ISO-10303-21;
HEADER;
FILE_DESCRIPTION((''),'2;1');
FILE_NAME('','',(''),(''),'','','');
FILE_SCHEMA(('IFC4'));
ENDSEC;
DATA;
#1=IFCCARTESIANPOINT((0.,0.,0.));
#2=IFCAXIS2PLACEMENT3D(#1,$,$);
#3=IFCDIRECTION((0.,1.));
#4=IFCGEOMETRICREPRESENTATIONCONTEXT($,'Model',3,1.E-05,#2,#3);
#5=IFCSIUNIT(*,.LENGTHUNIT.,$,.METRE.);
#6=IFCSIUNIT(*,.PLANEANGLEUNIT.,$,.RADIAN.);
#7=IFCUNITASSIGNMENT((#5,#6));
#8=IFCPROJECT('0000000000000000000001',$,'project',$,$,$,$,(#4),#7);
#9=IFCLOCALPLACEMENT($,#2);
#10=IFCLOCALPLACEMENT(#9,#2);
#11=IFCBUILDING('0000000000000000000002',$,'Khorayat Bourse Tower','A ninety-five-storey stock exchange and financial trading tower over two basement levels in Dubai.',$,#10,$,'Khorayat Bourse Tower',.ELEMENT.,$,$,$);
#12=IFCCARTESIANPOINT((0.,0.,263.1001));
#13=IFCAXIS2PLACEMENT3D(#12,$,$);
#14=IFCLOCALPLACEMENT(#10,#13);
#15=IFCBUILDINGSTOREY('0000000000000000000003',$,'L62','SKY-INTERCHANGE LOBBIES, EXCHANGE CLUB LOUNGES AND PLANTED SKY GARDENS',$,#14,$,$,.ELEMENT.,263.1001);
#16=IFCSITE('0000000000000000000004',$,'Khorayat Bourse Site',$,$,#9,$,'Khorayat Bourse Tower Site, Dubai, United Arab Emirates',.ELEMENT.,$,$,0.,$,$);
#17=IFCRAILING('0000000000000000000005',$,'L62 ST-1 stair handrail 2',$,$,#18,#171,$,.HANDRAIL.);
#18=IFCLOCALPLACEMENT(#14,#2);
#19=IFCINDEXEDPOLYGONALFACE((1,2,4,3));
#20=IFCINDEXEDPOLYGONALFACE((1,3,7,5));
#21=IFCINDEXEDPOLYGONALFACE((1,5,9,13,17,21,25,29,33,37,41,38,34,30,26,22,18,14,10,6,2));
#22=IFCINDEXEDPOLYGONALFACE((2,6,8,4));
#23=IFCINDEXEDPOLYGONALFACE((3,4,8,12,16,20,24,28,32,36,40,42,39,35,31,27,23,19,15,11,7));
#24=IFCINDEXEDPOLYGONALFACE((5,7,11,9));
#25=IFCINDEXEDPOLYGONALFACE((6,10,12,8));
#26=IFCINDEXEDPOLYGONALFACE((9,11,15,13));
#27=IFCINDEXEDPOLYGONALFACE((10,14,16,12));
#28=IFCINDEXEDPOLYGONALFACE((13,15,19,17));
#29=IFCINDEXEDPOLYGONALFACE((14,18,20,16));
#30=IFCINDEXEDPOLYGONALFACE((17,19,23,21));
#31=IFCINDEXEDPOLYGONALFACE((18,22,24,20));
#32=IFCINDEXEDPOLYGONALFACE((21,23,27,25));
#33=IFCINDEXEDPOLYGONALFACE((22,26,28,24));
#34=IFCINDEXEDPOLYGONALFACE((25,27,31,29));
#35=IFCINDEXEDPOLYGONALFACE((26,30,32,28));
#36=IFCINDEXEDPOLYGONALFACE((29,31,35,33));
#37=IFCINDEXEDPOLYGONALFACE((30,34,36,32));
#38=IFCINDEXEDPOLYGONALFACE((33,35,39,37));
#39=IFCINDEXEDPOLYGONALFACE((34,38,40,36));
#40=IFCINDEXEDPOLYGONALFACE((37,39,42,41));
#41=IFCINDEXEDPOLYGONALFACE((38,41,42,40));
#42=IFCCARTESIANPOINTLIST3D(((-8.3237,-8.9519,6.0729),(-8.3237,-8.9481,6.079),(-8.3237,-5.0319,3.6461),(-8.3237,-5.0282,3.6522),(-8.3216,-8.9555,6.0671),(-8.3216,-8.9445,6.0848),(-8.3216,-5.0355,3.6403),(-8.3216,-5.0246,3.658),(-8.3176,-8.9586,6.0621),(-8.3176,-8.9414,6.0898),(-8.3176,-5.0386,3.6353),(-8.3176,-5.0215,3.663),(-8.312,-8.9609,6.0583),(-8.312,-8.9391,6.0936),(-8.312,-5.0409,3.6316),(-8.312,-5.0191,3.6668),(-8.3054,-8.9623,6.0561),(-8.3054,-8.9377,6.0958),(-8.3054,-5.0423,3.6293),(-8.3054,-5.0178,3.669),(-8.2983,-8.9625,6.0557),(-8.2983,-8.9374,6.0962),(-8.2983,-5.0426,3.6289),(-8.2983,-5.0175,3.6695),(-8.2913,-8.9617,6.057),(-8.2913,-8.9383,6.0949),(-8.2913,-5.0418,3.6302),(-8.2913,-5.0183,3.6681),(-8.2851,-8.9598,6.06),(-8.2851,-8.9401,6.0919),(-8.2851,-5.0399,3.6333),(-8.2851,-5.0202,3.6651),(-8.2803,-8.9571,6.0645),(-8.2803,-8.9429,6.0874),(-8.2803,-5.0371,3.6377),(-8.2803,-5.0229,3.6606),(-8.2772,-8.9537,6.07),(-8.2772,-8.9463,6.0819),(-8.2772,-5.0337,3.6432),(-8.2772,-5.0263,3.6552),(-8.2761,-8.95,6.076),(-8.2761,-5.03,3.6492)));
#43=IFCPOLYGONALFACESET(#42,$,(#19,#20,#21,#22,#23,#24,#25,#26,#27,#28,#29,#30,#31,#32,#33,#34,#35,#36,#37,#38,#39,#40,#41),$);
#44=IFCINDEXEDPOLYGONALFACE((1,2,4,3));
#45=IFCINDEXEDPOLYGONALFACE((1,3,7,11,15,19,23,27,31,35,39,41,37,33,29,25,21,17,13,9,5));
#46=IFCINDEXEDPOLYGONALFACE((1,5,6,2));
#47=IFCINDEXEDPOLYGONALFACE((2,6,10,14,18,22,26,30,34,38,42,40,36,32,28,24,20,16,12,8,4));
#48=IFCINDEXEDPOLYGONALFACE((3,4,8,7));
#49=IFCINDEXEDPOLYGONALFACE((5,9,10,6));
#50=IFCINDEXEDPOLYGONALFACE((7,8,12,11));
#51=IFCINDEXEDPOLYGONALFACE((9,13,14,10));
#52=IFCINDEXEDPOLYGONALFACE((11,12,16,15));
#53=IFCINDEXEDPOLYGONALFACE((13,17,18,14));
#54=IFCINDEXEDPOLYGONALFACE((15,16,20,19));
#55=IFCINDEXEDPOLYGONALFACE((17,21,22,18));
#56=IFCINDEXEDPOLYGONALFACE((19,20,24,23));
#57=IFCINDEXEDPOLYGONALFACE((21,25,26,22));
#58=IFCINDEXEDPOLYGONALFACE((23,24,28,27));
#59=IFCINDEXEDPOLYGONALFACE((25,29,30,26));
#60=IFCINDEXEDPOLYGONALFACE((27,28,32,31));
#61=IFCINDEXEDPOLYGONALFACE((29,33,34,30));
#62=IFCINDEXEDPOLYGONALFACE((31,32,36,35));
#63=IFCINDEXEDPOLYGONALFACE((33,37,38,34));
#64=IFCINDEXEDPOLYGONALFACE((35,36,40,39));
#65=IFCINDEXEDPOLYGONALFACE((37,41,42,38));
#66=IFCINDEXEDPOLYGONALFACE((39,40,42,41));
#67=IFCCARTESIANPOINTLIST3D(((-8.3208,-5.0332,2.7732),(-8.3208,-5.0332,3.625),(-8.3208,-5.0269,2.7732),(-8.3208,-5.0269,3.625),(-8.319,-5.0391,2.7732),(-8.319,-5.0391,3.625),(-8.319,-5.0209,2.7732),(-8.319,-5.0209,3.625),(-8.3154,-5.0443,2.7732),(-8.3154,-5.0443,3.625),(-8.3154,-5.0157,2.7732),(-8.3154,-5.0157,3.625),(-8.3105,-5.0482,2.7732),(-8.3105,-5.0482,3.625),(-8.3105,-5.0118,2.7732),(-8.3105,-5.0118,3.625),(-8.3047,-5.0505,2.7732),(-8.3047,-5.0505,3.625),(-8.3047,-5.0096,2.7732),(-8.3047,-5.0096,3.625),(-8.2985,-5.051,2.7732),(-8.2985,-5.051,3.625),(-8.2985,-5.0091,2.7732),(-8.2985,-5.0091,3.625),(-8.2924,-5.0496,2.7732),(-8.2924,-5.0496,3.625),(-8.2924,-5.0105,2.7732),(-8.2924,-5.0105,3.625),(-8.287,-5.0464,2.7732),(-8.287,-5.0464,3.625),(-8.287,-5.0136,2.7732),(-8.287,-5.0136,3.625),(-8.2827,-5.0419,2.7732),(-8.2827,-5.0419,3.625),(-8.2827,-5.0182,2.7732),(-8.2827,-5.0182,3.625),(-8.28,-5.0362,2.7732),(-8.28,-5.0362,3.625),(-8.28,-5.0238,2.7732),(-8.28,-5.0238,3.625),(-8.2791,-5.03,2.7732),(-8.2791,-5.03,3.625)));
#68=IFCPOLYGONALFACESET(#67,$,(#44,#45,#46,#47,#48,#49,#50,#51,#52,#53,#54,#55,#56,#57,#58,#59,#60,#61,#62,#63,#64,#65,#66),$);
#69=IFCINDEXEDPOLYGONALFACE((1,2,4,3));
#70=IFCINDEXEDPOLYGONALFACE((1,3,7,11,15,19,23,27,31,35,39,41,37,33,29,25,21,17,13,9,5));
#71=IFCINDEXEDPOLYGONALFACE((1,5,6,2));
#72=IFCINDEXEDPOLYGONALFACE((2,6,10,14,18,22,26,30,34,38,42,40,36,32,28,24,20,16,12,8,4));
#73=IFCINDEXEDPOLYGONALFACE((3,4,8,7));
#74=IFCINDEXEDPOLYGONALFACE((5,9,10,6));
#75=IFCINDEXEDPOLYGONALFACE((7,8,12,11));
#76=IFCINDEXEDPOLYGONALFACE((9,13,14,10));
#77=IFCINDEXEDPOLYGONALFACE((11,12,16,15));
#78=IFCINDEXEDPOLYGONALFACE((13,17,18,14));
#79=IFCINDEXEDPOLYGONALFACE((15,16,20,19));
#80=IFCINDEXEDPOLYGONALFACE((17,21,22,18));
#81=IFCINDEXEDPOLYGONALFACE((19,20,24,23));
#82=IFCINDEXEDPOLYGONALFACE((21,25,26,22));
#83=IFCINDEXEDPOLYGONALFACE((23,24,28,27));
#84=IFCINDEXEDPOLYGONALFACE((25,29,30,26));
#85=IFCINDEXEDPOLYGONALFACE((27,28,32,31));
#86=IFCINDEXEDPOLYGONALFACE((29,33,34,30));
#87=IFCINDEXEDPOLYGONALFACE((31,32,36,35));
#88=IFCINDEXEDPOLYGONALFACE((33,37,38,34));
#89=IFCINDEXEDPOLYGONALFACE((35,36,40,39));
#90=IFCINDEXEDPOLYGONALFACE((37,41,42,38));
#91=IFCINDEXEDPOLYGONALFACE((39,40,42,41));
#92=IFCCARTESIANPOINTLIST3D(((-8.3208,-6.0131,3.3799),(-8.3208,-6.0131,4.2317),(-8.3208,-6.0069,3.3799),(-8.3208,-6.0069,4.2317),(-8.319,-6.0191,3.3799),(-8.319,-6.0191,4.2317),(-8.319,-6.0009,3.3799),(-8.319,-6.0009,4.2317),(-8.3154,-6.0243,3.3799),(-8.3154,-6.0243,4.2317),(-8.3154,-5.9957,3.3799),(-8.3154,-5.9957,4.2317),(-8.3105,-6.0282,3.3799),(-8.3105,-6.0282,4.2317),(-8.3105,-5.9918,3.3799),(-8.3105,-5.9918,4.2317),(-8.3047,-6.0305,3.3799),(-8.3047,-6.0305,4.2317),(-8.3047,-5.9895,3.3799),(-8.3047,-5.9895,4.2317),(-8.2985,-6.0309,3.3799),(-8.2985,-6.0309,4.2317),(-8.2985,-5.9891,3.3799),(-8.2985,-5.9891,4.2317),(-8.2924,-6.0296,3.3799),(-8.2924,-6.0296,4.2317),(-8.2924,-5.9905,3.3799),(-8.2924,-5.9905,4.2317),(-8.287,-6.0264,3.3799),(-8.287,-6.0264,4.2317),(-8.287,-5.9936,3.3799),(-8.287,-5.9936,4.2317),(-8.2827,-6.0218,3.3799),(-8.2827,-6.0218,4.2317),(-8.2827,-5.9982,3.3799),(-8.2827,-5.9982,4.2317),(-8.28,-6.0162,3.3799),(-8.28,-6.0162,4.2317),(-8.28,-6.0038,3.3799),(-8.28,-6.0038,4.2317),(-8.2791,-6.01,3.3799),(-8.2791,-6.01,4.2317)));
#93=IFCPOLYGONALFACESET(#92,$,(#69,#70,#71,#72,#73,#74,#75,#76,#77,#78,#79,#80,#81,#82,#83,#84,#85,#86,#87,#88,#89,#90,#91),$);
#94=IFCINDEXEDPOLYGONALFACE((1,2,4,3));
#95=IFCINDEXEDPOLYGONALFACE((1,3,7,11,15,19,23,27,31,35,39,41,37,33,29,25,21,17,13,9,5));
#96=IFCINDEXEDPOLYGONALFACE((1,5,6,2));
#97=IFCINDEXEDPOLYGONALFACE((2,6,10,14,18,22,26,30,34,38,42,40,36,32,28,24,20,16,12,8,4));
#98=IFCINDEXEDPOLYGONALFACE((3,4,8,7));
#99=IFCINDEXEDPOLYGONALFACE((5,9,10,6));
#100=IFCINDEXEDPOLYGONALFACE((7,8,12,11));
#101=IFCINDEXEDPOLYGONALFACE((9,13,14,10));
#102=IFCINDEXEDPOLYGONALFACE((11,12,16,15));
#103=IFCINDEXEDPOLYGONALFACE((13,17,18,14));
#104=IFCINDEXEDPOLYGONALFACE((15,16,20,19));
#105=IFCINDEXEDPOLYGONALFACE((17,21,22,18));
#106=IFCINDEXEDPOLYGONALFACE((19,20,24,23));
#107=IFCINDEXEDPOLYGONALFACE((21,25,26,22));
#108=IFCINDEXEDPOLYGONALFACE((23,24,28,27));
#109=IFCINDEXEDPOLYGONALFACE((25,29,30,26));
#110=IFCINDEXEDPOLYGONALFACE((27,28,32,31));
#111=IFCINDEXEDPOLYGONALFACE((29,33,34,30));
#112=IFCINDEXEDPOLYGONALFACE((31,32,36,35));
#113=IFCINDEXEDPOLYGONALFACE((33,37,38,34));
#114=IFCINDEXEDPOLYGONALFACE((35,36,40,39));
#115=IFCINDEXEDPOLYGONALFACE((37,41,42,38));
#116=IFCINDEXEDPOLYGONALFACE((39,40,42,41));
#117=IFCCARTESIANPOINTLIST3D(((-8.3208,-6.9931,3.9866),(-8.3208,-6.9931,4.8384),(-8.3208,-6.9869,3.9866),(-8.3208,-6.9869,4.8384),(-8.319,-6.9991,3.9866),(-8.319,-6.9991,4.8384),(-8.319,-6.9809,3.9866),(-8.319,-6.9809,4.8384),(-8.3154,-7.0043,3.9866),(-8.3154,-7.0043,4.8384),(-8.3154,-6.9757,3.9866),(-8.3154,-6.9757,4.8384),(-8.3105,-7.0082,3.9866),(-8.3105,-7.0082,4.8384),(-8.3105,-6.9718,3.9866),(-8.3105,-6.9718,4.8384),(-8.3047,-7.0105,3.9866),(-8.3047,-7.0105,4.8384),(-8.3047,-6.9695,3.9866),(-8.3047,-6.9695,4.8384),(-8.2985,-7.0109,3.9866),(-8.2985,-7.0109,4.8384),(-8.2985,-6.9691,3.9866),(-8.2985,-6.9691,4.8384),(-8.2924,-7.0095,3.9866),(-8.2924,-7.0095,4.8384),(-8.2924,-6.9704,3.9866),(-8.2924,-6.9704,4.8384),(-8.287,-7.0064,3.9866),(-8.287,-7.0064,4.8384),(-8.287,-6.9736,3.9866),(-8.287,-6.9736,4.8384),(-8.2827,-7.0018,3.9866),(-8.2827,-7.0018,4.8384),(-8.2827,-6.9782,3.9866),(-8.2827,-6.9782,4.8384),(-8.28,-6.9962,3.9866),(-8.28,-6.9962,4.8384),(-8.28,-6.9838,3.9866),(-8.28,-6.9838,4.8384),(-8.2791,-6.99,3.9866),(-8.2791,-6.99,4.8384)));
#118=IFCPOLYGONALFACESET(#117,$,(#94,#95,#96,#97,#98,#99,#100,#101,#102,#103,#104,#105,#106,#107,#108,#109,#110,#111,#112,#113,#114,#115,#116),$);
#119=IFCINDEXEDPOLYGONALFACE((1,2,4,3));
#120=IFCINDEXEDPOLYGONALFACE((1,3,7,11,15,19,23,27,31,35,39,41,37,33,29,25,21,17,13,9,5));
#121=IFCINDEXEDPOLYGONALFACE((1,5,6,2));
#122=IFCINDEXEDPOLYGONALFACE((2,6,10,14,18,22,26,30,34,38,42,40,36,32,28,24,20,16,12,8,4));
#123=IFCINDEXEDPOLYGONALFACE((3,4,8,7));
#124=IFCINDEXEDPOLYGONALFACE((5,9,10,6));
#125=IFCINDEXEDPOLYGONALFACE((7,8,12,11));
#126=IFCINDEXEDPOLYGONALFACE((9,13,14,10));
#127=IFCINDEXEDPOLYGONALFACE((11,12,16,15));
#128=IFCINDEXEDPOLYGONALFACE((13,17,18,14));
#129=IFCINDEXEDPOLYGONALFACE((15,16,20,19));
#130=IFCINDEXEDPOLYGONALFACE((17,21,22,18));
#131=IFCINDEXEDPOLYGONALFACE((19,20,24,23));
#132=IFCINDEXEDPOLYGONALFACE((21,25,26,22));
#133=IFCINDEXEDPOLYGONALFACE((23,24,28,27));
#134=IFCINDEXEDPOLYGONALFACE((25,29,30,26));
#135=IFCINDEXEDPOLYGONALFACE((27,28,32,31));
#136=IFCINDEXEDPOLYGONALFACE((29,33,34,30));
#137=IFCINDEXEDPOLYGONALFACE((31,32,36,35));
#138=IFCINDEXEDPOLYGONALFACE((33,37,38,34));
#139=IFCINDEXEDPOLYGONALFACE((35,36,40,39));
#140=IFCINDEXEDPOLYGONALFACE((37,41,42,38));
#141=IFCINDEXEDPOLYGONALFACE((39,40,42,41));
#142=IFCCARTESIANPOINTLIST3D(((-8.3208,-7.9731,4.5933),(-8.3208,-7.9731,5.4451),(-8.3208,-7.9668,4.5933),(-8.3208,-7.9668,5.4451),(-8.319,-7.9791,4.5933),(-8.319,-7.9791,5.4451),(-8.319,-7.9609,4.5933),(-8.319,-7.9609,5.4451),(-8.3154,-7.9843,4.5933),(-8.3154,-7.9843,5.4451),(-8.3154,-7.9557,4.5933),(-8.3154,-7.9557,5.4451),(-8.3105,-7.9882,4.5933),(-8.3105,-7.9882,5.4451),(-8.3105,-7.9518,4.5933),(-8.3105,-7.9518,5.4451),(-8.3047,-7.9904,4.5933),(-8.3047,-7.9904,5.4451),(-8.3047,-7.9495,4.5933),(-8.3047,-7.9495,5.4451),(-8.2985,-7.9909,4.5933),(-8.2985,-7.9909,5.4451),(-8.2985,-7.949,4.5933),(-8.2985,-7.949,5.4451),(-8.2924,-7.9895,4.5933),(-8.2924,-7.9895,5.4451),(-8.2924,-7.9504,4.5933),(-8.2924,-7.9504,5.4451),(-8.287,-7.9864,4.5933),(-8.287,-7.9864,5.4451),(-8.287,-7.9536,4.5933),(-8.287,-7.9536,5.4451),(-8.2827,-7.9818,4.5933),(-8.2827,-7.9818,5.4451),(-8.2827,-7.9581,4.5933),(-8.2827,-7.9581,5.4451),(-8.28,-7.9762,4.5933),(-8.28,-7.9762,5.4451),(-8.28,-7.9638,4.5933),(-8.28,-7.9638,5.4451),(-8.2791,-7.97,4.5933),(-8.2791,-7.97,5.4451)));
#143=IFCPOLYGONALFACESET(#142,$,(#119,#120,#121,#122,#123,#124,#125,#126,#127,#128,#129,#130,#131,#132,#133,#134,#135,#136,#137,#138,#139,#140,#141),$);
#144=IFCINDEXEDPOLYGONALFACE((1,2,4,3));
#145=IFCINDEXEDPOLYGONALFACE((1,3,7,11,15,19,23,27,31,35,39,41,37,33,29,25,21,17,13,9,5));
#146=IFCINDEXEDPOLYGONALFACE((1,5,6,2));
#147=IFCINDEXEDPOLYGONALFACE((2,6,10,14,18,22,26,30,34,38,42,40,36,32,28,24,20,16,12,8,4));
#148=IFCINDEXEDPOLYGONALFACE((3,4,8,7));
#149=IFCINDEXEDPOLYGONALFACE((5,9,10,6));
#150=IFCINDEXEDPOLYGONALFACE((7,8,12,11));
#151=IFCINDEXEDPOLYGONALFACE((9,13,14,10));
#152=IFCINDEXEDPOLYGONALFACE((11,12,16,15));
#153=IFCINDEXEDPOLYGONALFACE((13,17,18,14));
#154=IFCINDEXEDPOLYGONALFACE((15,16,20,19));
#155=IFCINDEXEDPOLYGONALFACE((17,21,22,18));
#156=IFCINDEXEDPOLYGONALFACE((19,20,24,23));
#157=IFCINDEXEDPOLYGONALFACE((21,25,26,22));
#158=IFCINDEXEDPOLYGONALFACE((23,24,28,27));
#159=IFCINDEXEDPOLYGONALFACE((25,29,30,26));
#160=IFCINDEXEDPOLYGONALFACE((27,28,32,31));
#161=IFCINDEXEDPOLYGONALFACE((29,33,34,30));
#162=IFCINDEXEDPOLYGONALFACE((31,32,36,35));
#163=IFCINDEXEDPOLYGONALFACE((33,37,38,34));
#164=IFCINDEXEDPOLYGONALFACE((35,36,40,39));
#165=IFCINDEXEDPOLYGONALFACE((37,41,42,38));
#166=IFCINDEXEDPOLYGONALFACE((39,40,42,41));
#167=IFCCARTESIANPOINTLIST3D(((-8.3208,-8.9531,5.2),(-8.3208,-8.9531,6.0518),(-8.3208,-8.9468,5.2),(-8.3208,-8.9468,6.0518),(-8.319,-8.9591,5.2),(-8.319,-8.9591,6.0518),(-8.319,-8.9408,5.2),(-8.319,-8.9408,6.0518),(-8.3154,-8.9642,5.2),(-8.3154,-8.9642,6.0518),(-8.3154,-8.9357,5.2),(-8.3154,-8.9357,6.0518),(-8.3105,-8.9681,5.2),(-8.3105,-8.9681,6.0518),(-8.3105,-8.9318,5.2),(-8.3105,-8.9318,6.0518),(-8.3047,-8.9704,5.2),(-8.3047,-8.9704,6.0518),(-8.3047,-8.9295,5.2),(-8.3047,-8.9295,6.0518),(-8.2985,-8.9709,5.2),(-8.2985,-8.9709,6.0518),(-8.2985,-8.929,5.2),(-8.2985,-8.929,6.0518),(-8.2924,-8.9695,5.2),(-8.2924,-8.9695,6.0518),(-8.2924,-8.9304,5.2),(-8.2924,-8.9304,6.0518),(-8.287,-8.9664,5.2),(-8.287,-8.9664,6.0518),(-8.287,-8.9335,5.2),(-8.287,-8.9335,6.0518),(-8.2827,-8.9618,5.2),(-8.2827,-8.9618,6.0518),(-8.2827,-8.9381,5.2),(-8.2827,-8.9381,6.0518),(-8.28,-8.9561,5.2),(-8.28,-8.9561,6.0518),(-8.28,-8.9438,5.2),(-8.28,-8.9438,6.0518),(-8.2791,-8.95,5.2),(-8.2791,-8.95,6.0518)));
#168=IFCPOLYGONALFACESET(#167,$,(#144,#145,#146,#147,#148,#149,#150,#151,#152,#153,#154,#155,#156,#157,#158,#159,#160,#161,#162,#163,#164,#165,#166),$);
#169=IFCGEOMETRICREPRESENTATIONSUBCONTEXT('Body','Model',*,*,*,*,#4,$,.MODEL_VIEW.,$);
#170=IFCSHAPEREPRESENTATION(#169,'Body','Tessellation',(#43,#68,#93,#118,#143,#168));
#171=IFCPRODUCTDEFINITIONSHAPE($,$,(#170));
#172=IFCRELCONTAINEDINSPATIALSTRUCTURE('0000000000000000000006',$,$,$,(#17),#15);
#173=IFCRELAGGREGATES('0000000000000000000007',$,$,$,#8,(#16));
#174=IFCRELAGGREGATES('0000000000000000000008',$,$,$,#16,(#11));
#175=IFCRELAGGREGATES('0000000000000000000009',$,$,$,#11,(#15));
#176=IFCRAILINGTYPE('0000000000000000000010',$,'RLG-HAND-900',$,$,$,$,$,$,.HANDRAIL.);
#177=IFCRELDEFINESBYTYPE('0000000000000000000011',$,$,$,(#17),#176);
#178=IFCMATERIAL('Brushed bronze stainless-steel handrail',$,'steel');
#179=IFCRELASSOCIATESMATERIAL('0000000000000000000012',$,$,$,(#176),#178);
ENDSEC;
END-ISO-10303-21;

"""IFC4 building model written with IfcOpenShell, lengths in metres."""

from ifc_helpers import new_model, si_unit, direction, frame, origin, origin_2d, place, context, subcontext, project, spatial, circle, extrude, source, transform, mapped, material, type_object, element, save


model = new_model("IFC4")

# Units and contexts
model_context = context("Model", 3, precision=1e-05, world=origin(), true_north=direction((0.0, 1.0)))
body_context = subcontext(model_context, "Body", "Model", "MODEL_VIEW")
ifc_project = project(units=[si_unit("LENGTHUNIT", "METRE"), si_unit("PLANEANGLEUNIT", "RADIAN")], contexts=[model_context])

# Site, building, storey
site_placement = place(None, origin())
site = spatial("IfcSite", under=ifc_project, at=site_placement, Name="Khorayat Bourse Site", LongName="Khorayat Bourse Tower Site, Dubai, United Arab Emirates", CompositionType="ELEMENT", RefElevation=0.0)
building_placement = place(site_placement, origin())
building = spatial("IfcBuilding", under=site, at=building_placement, Name="Khorayat Bourse Tower", Description="A ninety-five-storey stock exchange and financial trading tower over two basement levels in Dubai.", LongName="Khorayat Bourse Tower", CompositionType="ELEMENT")
storey_placement = place(building_placement, frame((0.0, 0.0, 263.1001)))
storey = spatial("IfcBuildingStorey", under=building, at=storey_placement, Name="L62", Description="SKY-INTERCHANGE LOBBIES, EXCHANGE CLUB LOUNGES AND PLANTED SKY GARDENS", CompositionType="ELEMENT", Elevation=263.1001)

# Railing
ifc_material_1 = material(Name="Brushed bronze stainless-steel handrail", Category="steel")
railing_type_1 = type_object("IfcRailingType", Name="RLG-HAND-900", PredefinedType="HANDRAIL", material=ifc_material_1)
shared_shape_1 = source(origin(), body_context, "Body", "SweptSolid", [
    extrude(circle(Radius=0.0239, at=origin_2d()), frame((0.0, 0.0, 0.876), z_axis=(0.0, -0.850252, 0.526376), x_axis=(1.0, 0.0, 0.0)), (0.0, 0.0, 1.0), 4.6104),
    extrude(circle(Radius=0.021, at=origin_2d()), origin(), (0.0, 0.0, 1.0), 0.8518),
    extrude(circle(Radius=0.021, at=origin_2d()), frame((0.0, -0.98, 0.6067)), (0.0, 0.0, 1.0), 0.8518),
    extrude(circle(Radius=0.021, at=origin_2d()), frame((0.0, -1.96, 1.2134)), (0.0, 0.0, 1.0), 0.8518),
    extrude(circle(Radius=0.021, at=origin_2d()), frame((0.0, -2.9399, 1.8201)), (0.0, 0.0, 1.0), 0.8518),
    extrude(circle(Radius=0.021, at=origin_2d()), frame((0.0, -3.9199, 2.4268)), (0.0, 0.0, 1.0), 0.8518),
])
railing_1_placement = place(storey_placement, frame((-8.3, -5.03, 2.7732)))
element("IfcRailing", 1, at=railing_1_placement, inside=storey, type_object=railing_type_1, Name="L62 ST-1 stair handrail 2", PredefinedType="HANDRAIL", context=body_context, shape_type="MappedRepresentation", body=[
    mapped(shared_shape_1, transform((0.0, 0.0, 0.0), scale=1.0)),
])

save(model, "model.ifc")
